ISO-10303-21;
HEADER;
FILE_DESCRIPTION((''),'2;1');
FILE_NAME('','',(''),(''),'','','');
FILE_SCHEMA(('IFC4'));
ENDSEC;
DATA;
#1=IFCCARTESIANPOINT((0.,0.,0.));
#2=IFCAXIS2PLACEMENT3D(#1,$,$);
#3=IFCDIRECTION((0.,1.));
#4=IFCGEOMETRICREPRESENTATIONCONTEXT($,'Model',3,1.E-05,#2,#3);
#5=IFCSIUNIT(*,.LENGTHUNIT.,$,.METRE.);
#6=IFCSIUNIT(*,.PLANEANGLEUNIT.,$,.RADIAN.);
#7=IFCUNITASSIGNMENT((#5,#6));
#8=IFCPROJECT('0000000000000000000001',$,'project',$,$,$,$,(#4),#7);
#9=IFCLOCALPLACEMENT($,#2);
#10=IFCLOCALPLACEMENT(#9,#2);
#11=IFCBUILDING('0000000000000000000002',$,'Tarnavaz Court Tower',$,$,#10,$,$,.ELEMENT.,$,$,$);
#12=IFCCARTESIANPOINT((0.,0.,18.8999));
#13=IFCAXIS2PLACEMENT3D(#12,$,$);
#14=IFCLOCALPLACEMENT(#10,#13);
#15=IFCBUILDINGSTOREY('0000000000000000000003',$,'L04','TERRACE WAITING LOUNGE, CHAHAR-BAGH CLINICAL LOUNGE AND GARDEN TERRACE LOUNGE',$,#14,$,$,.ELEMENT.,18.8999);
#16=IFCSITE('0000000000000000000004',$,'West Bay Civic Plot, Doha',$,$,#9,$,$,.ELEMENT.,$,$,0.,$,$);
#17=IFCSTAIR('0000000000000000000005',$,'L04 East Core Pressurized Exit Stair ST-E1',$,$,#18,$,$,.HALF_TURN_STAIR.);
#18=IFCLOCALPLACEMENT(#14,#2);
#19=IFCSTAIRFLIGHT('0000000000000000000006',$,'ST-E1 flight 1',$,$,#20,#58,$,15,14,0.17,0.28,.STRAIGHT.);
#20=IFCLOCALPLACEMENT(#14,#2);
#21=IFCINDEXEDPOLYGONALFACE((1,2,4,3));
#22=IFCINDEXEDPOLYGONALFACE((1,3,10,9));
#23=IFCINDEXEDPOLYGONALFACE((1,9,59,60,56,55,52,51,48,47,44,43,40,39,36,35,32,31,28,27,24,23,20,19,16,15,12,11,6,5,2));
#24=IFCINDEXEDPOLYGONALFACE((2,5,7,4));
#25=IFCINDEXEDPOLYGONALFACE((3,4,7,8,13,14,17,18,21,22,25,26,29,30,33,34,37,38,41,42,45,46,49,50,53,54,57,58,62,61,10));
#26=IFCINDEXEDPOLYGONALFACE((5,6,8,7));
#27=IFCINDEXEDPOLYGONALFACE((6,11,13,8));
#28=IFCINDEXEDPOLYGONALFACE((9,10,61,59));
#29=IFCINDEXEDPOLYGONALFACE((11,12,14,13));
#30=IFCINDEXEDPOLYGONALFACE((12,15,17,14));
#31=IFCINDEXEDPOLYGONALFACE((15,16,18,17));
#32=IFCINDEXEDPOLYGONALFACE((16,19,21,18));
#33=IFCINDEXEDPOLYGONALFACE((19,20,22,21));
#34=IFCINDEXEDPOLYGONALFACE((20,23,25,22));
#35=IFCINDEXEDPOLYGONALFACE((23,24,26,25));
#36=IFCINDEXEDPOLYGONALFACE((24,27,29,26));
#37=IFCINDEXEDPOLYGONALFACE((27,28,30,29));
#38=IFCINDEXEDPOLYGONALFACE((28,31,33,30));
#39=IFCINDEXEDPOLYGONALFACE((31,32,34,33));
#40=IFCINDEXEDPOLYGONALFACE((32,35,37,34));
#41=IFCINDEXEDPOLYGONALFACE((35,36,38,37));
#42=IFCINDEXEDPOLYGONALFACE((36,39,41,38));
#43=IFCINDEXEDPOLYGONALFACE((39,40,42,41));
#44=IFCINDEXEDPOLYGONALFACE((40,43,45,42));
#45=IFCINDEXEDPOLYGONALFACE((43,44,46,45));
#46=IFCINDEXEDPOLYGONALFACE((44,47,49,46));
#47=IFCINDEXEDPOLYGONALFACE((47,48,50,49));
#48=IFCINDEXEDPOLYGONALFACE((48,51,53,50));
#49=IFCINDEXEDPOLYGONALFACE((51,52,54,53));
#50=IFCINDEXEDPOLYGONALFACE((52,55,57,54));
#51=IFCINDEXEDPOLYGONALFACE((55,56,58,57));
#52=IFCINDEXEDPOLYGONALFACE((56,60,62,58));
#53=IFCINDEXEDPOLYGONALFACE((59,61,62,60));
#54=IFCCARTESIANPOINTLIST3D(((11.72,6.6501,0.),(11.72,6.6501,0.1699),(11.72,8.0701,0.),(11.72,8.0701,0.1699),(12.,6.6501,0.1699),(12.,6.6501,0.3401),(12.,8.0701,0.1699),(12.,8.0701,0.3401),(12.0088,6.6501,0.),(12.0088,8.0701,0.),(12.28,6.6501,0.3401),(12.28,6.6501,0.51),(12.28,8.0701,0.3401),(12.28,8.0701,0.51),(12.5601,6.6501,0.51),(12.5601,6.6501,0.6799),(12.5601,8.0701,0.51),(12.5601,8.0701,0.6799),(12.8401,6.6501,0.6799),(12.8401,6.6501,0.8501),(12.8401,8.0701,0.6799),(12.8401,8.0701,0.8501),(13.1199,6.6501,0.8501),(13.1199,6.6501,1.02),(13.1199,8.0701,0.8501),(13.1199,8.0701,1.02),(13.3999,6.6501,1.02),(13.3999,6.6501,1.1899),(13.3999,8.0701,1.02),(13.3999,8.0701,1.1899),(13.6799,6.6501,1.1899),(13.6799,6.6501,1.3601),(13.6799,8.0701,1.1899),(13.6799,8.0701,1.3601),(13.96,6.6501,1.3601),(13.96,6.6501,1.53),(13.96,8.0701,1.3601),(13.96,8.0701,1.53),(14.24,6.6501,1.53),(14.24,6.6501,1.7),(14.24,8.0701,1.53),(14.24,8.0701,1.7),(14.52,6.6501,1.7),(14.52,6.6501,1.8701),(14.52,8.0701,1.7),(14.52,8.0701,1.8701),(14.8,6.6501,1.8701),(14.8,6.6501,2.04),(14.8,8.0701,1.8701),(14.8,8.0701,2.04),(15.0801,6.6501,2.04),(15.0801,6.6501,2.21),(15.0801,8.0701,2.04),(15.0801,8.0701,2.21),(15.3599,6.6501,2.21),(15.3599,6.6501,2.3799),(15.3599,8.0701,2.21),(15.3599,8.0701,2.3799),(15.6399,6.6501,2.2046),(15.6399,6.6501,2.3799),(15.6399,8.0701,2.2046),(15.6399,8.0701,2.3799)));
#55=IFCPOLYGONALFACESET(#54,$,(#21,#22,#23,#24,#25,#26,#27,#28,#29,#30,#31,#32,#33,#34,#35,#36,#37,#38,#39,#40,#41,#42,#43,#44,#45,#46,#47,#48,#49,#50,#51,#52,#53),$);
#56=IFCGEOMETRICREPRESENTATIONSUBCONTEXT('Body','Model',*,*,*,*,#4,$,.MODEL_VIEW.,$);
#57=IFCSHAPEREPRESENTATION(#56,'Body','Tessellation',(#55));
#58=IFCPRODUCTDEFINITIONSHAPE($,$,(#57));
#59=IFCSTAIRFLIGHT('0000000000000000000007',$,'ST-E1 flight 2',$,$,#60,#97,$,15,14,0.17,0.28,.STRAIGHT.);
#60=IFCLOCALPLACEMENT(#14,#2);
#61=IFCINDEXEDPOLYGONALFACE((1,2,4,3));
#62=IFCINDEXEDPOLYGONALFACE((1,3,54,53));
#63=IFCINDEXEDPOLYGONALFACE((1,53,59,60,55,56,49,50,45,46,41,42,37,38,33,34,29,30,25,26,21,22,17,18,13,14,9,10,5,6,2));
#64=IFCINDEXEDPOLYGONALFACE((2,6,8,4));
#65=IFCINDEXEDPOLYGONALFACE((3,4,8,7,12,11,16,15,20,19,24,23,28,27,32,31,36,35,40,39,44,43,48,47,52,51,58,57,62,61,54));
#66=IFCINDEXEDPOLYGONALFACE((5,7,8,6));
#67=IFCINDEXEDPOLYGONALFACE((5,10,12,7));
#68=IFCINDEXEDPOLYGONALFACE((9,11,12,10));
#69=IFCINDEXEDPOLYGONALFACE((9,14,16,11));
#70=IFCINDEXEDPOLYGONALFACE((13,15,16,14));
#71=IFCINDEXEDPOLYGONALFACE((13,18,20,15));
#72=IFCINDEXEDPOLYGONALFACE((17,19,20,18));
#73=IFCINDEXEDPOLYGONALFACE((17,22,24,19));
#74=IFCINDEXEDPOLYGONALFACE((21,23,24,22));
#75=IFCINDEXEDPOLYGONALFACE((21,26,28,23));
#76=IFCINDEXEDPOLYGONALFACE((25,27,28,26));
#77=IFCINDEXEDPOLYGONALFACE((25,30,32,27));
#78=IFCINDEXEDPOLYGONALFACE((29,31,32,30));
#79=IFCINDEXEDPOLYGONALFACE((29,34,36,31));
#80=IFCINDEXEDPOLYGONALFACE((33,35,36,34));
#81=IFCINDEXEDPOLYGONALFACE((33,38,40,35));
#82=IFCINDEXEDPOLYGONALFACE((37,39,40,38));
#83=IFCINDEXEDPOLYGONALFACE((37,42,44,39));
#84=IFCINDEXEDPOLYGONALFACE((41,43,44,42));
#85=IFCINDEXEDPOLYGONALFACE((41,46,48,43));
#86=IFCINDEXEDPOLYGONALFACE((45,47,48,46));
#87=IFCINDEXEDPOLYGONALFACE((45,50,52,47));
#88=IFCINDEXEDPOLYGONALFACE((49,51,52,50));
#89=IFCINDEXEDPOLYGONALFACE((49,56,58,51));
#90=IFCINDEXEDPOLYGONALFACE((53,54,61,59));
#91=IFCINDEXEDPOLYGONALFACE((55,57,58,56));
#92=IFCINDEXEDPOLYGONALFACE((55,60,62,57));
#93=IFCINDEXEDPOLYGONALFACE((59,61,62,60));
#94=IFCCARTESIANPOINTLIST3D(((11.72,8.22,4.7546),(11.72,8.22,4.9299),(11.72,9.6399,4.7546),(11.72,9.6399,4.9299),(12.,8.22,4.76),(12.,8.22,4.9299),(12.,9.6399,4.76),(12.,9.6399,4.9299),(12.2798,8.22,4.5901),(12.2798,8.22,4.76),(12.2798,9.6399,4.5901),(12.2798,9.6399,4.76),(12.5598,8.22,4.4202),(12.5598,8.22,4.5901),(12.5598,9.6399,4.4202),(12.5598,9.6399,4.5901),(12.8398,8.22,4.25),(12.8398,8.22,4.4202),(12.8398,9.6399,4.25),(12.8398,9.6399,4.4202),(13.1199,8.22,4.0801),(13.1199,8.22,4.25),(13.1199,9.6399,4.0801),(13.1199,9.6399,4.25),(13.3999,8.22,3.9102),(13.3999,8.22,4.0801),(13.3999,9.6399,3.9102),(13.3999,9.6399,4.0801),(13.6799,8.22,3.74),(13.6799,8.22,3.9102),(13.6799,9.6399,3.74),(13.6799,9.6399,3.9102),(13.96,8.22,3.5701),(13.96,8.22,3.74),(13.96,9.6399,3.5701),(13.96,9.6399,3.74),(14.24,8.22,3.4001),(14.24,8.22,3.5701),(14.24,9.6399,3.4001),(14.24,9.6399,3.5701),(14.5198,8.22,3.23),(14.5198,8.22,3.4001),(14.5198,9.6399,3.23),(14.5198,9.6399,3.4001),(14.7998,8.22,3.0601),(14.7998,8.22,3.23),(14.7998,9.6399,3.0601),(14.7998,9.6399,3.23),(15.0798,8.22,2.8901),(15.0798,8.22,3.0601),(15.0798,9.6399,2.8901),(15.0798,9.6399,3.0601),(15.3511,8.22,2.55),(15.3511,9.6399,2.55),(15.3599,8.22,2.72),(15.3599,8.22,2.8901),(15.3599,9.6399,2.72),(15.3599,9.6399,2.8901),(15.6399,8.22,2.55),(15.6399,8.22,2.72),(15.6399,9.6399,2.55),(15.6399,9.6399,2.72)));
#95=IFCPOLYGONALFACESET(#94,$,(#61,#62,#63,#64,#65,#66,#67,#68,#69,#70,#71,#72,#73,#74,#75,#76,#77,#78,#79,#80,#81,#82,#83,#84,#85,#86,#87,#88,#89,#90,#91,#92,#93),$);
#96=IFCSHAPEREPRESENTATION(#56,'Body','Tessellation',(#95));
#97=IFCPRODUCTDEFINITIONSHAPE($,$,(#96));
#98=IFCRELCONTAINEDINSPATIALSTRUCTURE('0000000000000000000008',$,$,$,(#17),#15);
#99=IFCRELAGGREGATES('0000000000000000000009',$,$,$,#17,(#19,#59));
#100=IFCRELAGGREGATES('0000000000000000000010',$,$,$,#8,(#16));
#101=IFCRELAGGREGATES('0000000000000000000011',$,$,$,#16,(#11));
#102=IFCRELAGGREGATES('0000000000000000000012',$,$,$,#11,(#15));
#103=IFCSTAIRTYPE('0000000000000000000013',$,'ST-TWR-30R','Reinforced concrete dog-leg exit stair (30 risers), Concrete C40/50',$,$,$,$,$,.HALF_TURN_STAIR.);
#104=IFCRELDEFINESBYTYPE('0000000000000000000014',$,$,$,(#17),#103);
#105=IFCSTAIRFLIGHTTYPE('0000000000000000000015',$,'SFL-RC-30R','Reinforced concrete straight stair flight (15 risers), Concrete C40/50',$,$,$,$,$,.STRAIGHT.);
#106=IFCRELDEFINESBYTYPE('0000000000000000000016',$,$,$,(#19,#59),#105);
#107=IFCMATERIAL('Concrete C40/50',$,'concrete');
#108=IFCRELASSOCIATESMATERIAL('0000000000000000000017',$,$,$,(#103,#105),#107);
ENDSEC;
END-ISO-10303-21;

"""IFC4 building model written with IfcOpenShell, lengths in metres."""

from ifc_helpers import new_model, si_unit, direction, frame, origin, place, context, subcontext, project, spatial, polyline, outline, extrude, material, type_object, element, aggregate, save


model = new_model("IFC4")

# Units and contexts
model_context = context("Model", 3, precision=1e-05, world=origin(), true_north=direction((0.0, 1.0)))
body_context = subcontext(model_context, "Body", "Model", "MODEL_VIEW")
ifc_project = project(units=[si_unit("LENGTHUNIT", "METRE"), si_unit("PLANEANGLEUNIT", "RADIAN")], contexts=[model_context])

# Site, building, storey
site_placement = place(None, origin())
site = spatial("IfcSite", under=ifc_project, at=site_placement, Name="West Bay Civic Plot, Doha", CompositionType="ELEMENT", RefElevation=0.0)
building_placement = place(site_placement, origin())
building = spatial("IfcBuilding", under=site, at=building_placement, Name="Tarnavaz Court Tower", CompositionType="ELEMENT")
storey_placement = place(building_placement, frame((0.0, 0.0, 18.8999)))
storey = spatial("IfcBuildingStorey", under=building, at=storey_placement, Name="L04", Description="TERRACE WAITING LOUNGE, CHAHAR-BAGH CLINICAL LOUNGE AND GARDEN TERRACE LOUNGE", CompositionType="ELEMENT", Elevation=18.8999)

# Stair, stair flights
ifc_material_1 = material(Name="Concrete C40/50", Category="concrete")
stair_type = type_object("IfcStairType", Name="ST-TWR-30R", Description="Reinforced concrete dog-leg exit stair (30 risers), Concrete C40/50", PredefinedType="HALF_TURN_STAIR", material=ifc_material_1)
stair_placement = place(storey_placement, origin())
stair = element("IfcStair", 1, at=stair_placement, inside=storey, type_object=stair_type, Name="L04 East Core Pressurized Exit Stair ST-E1", PredefinedType="HALF_TURN_STAIR")
stair_flight_type = type_object("IfcStairFlightType", Name="SFL-RC-30R", Description="Reinforced concrete straight stair flight (15 risers), Concrete C40/50", PredefinedType="STRAIGHT", material=ifc_material_1)
stair_flight_1_placement = place(storey_placement, frame((11.72, 7.3601, 0.0), z_axis=(0.0, 0.0, 1.0), x_axis=(1.0, 0.0, 0.0)))
stair_flight_1 = element("IfcStairFlight", 2, at=stair_flight_1_placement, type_object=stair_flight_type, Name="ST-E1 flight 1", NumberOfRisers=15, NumberOfTreads=14, PredefinedType="STRAIGHT", RiserHeight=0.17, TreadLength=0.28, context=body_context, shape_type="SweptSolid", body=[
    extrude(outline(polyline([(0.0, 0.0), (0.0, 0.1699), (0.28, 0.1699), (0.28, 0.3401), (0.5601, 0.3401), (0.5601, 0.51), (0.8401, 0.51), (0.8401, 0.6799), (1.1201, 0.6799), (1.1201, 0.8501), (1.3999, 0.8501), (1.3999, 1.02), (1.6799, 1.02), (1.6799, 1.1899), (1.96, 1.1899), (1.96, 1.3601), (2.24, 1.3601), (2.24, 1.53), (2.52, 1.53), (2.52, 1.7), (2.8, 1.7), (2.8, 1.8701), (3.0801, 1.8701), (3.0801, 2.04), (3.3601, 2.04), (3.3601, 2.21), (3.6399, 2.21), (3.6399, 2.3799), (3.9199, 2.3799), (3.9199, 2.55), (3.9199, 2.2046), (0.2888, 0.0), (0.0, 0.0)])), frame((0.0, 0.71, 0.0), z_axis=(0.0, -1.0, 0.0), x_axis=(1.0, 0.0, 0.0)), (0.0, 0.0, 1.0), 1.4199),
])
stair_flight_2_placement = place(storey_placement, frame((15.6399, 8.9299, 2.55), z_axis=(0.0, 0.0, 1.0), x_axis=(-1.0, 0.0, 0.0)))
stair_flight_2 = element("IfcStairFlight", 3, at=stair_flight_2_placement, type_object=stair_flight_type, Name="ST-E1 flight 2", NumberOfRisers=15, NumberOfTreads=14, PredefinedType="STRAIGHT", RiserHeight=0.17, TreadLength=0.28, context=body_context, shape_type="SweptSolid", body=[
    extrude(outline(polyline([(0.0, 0.0), (0.0, 0.1699), (0.28, 0.1699), (0.28, 0.3401), (0.5601, 0.3401), (0.5601, 0.51), (0.8401, 0.51), (0.8401, 0.6799), (1.1201, 0.6799), (1.1201, 0.8501), (1.3999, 0.8501), (1.3999, 1.02), (1.6799, 1.02), (1.6799, 1.1899), (1.96, 1.1899), (1.96, 1.3601), (2.24, 1.3601), (2.24, 1.53), (2.52, 1.53), (2.52, 1.7), (2.8, 1.7), (2.8, 1.8701), (3.0801, 1.8701), (3.0801, 2.04), (3.3601, 2.04), (3.3601, 2.21), (3.6399, 2.21), (3.6399, 2.3799), (3.9199, 2.3799), (3.9199, 2.55), (3.9199, 2.2046), (0.2888, 0.0), (0.0, 0.0)])), frame((0.0, 0.71, 0.0), z_axis=(0.0, -1.0, 0.0), x_axis=(1.0, 0.0, 0.0)), (0.0, 0.0, 1.0), 1.4199),
])
aggregate(stair, [stair_flight_1, stair_flight_2])

save(model, "model.ifc")
